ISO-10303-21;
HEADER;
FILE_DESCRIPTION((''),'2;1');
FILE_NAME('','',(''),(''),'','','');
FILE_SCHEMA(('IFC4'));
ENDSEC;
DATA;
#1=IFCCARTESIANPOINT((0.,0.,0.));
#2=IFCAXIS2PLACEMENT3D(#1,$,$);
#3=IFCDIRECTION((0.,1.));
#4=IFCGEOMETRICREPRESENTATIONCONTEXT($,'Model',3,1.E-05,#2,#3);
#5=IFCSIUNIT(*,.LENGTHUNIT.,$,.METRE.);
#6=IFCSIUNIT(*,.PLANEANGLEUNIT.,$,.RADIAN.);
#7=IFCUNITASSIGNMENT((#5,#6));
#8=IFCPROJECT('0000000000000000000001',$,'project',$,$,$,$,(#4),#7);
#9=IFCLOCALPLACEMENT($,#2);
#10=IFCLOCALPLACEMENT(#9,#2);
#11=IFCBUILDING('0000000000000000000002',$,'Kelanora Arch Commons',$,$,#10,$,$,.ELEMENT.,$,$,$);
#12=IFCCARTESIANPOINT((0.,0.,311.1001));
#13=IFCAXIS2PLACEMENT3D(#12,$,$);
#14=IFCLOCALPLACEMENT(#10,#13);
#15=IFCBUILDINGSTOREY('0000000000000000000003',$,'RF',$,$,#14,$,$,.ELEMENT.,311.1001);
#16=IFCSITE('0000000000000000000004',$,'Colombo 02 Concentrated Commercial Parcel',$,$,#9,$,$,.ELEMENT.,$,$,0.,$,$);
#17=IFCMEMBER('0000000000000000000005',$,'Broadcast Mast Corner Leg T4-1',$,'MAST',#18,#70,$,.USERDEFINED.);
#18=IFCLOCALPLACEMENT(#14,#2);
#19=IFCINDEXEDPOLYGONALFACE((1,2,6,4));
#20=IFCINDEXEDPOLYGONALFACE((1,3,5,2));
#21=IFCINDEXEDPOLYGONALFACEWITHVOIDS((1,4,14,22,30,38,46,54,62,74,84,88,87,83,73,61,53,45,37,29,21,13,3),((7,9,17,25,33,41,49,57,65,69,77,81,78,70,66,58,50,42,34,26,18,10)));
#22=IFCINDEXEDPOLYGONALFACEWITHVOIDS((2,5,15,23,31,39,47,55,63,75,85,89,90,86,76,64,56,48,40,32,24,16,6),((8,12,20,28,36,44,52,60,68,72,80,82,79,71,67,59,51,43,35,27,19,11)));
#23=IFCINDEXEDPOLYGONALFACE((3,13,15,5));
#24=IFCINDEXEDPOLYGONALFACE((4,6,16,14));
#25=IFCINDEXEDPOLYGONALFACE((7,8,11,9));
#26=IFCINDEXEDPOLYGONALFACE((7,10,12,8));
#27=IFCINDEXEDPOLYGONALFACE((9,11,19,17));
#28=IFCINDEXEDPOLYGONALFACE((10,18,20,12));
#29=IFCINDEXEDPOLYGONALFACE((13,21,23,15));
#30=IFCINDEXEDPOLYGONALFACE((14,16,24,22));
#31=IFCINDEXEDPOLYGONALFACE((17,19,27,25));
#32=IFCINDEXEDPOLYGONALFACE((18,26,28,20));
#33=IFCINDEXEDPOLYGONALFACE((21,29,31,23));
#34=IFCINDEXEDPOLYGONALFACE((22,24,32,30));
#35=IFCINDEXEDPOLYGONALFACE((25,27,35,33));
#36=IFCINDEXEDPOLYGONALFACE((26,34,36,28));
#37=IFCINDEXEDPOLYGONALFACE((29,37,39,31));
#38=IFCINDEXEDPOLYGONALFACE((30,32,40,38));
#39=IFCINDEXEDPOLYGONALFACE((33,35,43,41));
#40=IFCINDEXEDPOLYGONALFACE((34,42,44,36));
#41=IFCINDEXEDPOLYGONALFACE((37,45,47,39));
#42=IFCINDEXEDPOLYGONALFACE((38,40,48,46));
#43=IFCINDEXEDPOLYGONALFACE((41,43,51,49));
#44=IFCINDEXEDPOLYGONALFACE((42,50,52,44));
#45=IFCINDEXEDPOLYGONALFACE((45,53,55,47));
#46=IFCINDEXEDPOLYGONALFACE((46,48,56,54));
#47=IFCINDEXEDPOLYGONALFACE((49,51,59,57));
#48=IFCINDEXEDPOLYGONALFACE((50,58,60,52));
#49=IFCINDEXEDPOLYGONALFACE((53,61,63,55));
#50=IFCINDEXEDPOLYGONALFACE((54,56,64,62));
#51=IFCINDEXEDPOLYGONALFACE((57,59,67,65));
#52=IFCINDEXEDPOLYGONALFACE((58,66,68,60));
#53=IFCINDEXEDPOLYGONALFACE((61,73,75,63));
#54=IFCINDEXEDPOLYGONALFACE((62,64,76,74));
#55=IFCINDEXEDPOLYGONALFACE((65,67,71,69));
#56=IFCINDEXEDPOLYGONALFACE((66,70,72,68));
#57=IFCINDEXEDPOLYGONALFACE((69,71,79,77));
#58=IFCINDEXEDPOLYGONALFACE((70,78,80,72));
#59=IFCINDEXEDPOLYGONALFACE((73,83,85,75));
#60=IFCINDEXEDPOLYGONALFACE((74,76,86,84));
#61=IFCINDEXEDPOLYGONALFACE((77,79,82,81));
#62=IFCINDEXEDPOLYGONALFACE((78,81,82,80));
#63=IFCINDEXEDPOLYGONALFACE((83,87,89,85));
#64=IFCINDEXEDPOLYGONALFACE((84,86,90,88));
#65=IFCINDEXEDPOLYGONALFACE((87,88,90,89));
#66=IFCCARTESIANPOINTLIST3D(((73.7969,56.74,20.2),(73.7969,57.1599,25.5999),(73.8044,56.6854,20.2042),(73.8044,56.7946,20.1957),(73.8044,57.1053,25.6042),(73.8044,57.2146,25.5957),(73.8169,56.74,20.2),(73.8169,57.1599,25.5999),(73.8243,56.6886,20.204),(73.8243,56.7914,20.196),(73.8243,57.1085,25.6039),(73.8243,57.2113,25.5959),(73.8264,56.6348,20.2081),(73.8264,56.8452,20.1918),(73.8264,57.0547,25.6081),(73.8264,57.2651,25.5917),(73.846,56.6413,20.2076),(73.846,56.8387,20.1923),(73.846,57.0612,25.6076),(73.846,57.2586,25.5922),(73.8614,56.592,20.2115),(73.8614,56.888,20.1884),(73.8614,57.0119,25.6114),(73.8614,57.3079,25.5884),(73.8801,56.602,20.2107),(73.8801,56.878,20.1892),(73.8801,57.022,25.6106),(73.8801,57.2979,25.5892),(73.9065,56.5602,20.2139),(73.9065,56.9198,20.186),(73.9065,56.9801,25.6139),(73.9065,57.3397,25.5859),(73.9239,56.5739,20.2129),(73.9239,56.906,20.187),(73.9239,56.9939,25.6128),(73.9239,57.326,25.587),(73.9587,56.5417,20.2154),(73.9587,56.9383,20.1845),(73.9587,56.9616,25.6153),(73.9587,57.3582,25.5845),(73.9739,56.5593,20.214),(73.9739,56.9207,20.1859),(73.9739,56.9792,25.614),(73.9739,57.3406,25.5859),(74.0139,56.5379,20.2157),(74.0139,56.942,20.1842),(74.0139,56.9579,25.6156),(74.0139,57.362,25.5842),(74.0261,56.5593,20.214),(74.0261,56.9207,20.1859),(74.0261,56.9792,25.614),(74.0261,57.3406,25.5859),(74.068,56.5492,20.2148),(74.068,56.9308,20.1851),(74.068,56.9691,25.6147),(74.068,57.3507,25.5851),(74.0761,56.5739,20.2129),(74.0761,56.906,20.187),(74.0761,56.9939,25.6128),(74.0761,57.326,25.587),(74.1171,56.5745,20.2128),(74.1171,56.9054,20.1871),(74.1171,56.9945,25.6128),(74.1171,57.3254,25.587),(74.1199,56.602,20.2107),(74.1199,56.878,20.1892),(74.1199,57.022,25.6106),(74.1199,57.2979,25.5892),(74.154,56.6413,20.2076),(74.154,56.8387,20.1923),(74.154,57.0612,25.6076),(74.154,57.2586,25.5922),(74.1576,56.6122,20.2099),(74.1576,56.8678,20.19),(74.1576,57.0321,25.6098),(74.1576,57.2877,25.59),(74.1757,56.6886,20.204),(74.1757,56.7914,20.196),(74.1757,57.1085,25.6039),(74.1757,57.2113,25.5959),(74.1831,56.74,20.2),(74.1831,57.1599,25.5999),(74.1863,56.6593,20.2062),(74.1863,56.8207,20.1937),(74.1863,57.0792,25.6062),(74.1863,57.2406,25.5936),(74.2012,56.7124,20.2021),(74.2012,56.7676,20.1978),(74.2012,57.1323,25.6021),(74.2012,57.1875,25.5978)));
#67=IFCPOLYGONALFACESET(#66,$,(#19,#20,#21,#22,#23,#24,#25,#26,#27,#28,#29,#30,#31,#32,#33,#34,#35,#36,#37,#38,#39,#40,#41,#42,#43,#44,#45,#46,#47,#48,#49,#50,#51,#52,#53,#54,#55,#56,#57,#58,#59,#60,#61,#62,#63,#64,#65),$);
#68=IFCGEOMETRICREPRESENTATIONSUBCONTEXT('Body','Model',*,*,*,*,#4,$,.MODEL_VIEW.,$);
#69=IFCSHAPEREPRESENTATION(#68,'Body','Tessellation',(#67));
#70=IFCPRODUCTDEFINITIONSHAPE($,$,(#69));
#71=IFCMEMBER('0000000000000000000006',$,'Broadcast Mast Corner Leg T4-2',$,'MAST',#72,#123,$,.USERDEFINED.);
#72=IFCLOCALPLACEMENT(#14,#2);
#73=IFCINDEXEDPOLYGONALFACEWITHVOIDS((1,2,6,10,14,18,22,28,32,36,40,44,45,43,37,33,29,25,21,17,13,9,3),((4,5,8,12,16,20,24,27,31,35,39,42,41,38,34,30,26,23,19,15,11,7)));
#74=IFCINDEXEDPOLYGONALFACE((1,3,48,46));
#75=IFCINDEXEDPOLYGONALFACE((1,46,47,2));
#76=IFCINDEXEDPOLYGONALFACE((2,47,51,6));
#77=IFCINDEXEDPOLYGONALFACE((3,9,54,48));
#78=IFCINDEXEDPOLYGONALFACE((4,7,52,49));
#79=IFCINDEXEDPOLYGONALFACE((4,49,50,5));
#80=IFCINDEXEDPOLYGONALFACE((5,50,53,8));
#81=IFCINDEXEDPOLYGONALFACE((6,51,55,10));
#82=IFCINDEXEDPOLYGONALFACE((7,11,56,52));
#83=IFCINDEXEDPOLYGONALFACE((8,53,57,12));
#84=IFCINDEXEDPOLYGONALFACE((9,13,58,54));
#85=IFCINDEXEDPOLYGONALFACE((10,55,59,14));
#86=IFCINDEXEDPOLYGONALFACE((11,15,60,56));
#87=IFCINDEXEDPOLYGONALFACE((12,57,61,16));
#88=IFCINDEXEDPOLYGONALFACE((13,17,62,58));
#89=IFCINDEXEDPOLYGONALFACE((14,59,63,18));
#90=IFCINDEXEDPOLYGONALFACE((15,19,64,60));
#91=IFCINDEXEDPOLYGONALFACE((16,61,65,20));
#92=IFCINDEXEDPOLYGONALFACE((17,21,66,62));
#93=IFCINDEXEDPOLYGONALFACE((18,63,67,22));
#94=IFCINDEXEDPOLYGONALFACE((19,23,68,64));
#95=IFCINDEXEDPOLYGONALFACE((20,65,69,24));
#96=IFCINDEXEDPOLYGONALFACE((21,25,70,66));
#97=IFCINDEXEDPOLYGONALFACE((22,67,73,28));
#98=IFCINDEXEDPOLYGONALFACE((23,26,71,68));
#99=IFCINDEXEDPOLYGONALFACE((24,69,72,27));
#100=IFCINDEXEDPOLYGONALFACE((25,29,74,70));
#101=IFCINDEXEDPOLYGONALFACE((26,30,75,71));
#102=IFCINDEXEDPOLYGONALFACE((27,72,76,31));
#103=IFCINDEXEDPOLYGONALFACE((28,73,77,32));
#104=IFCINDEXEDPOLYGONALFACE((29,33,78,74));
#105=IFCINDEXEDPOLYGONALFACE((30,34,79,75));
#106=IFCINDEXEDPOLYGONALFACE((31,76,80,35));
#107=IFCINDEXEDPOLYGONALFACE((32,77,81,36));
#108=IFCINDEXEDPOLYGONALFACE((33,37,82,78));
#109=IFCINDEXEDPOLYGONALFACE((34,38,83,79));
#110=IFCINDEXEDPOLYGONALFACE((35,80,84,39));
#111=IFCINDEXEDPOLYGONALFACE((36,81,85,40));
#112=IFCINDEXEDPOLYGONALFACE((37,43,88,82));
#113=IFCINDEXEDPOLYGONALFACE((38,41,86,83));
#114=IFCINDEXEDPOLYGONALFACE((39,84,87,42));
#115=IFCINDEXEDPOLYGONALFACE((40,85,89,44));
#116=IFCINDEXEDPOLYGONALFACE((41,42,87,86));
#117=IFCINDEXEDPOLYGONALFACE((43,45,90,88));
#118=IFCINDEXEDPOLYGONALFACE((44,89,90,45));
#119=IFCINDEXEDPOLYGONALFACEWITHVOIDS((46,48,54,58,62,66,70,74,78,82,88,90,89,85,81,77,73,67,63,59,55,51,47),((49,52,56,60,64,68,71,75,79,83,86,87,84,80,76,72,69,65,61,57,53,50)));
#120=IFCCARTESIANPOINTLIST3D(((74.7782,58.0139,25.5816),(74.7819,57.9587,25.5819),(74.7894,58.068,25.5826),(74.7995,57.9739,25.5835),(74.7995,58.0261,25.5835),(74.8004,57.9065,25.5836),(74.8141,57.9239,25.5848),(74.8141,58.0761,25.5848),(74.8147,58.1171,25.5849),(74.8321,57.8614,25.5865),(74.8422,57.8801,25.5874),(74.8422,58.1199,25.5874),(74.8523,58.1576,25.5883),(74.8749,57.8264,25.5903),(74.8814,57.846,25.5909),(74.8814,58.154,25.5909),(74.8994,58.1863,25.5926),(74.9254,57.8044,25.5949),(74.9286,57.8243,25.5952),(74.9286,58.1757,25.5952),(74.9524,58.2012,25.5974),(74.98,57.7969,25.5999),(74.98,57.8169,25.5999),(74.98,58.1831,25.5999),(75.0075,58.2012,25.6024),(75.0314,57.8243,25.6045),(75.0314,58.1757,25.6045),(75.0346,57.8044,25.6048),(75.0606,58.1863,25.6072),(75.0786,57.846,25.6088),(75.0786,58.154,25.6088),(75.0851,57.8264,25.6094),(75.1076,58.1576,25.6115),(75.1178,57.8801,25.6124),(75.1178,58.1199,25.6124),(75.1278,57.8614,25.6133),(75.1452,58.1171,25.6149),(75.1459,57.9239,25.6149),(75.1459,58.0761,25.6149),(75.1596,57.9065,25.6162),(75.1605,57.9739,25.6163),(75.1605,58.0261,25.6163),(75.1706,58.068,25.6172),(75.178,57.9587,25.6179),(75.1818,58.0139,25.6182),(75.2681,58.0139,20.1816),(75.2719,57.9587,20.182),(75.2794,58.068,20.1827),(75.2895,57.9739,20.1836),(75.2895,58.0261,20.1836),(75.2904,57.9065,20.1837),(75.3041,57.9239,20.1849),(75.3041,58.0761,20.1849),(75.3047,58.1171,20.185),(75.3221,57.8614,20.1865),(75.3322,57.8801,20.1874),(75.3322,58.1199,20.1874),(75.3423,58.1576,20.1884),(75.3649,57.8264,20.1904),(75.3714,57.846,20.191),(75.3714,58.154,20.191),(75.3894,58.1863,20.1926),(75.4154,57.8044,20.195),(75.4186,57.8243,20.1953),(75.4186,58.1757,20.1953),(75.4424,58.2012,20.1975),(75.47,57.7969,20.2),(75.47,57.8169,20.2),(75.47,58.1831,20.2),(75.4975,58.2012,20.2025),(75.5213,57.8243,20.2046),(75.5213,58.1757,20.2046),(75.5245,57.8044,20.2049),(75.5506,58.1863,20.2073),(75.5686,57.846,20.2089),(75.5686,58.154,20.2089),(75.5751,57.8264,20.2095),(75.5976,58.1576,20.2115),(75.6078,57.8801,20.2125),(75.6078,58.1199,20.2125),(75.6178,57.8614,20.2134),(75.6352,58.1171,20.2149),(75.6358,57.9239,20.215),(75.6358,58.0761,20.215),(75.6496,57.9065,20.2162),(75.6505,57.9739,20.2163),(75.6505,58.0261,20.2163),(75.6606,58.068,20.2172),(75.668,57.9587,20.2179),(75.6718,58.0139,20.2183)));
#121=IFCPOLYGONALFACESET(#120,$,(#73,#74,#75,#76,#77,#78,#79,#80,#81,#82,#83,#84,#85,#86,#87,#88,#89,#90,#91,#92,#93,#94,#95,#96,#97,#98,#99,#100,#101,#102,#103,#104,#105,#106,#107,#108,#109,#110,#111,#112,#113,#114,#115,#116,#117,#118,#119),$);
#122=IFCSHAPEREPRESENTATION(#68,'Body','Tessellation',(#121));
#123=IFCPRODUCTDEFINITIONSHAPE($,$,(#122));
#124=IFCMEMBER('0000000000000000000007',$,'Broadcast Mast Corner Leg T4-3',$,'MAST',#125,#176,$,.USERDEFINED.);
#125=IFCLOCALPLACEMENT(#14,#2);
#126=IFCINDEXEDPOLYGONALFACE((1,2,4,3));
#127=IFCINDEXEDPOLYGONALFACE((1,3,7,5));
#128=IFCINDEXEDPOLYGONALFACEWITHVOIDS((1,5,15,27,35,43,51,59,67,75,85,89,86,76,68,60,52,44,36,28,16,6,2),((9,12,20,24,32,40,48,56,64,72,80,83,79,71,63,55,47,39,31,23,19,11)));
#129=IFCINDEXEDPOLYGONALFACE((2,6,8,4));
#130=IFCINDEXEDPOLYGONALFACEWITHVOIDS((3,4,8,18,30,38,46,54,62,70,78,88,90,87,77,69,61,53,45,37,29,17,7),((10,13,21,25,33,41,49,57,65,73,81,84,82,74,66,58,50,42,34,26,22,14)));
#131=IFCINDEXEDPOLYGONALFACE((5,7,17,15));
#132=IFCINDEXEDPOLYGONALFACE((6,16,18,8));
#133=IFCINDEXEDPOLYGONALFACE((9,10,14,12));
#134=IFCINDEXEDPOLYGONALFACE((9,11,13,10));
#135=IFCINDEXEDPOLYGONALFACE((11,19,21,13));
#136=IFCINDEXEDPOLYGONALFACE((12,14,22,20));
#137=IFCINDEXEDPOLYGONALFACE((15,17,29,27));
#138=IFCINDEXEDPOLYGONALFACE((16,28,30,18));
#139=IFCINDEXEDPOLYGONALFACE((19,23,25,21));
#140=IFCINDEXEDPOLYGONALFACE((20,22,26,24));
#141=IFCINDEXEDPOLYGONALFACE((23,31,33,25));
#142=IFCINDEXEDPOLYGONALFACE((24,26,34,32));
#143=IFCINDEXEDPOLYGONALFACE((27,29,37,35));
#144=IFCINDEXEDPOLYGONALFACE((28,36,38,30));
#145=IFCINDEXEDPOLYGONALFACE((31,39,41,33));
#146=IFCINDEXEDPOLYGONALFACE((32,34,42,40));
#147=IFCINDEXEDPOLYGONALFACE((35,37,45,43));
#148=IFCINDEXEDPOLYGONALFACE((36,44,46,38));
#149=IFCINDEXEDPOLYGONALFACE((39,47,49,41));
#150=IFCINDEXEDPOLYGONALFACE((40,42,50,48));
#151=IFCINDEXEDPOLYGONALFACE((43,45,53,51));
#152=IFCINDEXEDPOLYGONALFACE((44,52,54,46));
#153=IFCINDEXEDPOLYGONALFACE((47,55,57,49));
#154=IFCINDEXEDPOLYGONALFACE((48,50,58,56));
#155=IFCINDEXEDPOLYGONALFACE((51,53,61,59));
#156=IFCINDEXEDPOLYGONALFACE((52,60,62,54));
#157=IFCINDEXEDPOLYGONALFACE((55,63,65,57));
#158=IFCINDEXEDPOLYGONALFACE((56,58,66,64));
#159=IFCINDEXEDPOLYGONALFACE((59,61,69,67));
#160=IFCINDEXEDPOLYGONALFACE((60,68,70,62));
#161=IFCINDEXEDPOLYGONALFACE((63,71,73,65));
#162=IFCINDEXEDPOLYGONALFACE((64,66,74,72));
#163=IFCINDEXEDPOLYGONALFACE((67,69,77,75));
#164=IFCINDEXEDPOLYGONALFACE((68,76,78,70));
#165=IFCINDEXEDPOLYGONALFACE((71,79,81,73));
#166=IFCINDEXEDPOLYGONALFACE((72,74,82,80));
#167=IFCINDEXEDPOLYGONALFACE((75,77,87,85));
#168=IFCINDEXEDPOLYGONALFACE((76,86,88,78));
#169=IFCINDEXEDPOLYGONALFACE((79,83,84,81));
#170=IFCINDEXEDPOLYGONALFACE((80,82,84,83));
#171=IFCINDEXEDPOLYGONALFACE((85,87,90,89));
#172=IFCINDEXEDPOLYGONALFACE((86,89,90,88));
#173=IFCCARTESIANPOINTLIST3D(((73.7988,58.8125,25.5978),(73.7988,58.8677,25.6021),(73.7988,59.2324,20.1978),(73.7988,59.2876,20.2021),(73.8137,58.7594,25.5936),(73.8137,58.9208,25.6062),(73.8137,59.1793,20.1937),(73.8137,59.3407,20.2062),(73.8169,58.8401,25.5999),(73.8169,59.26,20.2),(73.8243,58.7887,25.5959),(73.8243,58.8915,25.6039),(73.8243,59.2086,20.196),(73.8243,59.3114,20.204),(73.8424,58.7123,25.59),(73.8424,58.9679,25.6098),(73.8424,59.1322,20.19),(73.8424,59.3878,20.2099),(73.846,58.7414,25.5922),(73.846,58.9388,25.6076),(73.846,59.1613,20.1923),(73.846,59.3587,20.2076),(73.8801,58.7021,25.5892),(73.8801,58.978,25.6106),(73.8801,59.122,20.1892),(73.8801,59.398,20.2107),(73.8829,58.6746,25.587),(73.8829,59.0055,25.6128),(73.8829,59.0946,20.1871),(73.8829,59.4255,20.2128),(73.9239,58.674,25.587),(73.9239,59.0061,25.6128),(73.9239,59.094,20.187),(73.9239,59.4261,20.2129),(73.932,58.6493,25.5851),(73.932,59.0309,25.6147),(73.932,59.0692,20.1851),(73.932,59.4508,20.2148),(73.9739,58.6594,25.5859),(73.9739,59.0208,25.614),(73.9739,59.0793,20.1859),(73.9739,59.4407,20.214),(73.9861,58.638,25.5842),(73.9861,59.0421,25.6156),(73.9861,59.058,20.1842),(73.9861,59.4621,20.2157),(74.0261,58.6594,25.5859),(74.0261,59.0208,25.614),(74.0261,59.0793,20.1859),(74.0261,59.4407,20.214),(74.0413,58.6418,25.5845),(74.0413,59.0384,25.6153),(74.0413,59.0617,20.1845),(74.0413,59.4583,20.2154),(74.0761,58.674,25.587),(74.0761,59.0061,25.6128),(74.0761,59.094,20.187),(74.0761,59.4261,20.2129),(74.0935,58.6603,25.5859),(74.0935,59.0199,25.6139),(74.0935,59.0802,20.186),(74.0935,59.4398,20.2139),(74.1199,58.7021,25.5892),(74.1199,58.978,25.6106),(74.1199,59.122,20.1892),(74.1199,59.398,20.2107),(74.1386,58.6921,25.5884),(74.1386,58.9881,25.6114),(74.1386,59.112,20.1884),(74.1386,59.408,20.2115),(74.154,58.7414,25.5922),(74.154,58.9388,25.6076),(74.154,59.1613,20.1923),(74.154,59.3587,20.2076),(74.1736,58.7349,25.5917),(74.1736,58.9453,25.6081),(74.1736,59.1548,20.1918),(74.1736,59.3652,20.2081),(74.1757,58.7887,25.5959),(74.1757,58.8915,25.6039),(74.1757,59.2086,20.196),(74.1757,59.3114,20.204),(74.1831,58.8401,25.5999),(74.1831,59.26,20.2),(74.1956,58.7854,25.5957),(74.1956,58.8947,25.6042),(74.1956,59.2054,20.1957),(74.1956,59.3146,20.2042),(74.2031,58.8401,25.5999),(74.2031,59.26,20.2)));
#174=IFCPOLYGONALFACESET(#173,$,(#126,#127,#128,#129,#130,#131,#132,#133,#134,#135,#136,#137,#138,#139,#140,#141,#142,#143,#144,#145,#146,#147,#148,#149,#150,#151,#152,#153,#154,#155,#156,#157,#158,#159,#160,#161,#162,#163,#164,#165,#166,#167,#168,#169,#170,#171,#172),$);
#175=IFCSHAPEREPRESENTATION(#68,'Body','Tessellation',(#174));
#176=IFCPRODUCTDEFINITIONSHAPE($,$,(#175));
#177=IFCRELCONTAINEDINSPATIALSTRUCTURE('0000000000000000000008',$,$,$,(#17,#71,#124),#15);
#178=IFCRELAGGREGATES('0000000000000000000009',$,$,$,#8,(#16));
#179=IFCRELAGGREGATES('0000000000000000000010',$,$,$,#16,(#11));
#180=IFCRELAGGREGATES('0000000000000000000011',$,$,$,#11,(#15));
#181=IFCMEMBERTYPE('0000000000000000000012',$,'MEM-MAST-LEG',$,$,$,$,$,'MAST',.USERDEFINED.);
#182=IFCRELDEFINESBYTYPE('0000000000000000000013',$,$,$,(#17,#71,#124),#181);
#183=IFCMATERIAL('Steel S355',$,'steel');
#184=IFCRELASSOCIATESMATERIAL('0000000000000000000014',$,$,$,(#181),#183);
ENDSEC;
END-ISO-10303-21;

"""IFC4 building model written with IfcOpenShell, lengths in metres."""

from ifc_helpers import new_model, si_unit, direction, frame, origin, origin_2d, place, context, subcontext, project, spatial, hollow_circle, extrude, material, material_profile, profile_set, type_object, element, save


model = new_model("IFC4")

# Units and contexts
model_context = context("Model", 3, precision=1e-05, world=origin(), true_north=direction((0.0, 1.0)))
body_context = subcontext(model_context, "Body", "Model", "MODEL_VIEW")
ifc_project = project(units=[si_unit("LENGTHUNIT", "METRE"), si_unit("PLANEANGLEUNIT", "RADIAN")], contexts=[model_context])

# Site, building, storey
site_placement = place(None, origin())
site = spatial("IfcSite", under=ifc_project, at=site_placement, Name="Colombo 02 Concentrated Commercial Parcel", CompositionType="ELEMENT", RefElevation=0.0)
building_placement = place(site_placement, origin())
building = spatial("IfcBuilding", under=site, at=building_placement, Name="Kelanora Arch Commons", CompositionType="ELEMENT")
storey_placement = place(building_placement, frame((0.0, 0.0, 311.1001)))
storey = spatial("IfcBuildingStorey", under=building, at=storey_placement, Name="RF", CompositionType="ELEMENT", Elevation=311.1001)

# Members
ifc_material = material(Name="Steel S355", Category="steel")
ifc_material_profile_1 = material_profile(ifc_material, hollow_circle(Radius=0.2031, WallThickness=0.02, at=origin_2d()), Name="CHS406.4x20")
ifc_profile_set_1 = profile_set([ifc_material_profile_1], Name="Steel S355")
member_type_1 = type_object("IfcMemberType", Name="MEM-MAST-LEG", ElementType="MAST", PredefinedType="USERDEFINED", material=ifc_profile_set_1)
member_1_placement = place(storey_placement, frame((74.0, 56.74, 20.2), z_axis=(0.0, 0.077531, 0.99699), x_axis=(-1.0, 0.0, 0.0)))
element("IfcMember", 1, at=member_1_placement, inside=storey, type_object=member_type_1, Name="Broadcast Mast Corner Leg T4-1", ObjectType="MAST", PredefinedType="USERDEFINED", context=body_context, shape_type="SweptSolid", body=[
    extrude(hollow_circle(Radius=0.2031, WallThickness=0.02, at=origin_2d()), origin(), (0.0, 0.0, 1.0), 5.4163),
])
member_2_placement = place(storey_placement, frame((75.47, 58.0, 20.2), z_axis=(-0.090369, 0.0, 0.995908), x_axis=(0.0, -1.0, 0.0)))
element("IfcMember", 2, at=member_2_placement, inside=storey, type_object=member_type_1, Name="Broadcast Mast Corner Leg T4-2", ObjectType="MAST", PredefinedType="USERDEFINED", context=body_context, shape_type="SweptSolid", body=[
    extrude(hollow_circle(Radius=0.2031, WallThickness=0.02, at=origin_2d()), origin(), (0.0, 0.0, 1.0), 5.4221),
])
member_3_placement = place(storey_placement, frame((74.0, 59.26, 20.2), z_axis=(0.0, -0.077531, 0.99699), x_axis=(1.0, 0.0, 0.0)))
element("IfcMember", 3, at=member_3_placement, inside=storey, type_object=member_type_1, Name="Broadcast Mast Corner Leg T4-3", ObjectType="MAST", PredefinedType="USERDEFINED", context=body_context, shape_type="SweptSolid", body=[
    extrude(hollow_circle(Radius=0.2031, WallThickness=0.02, at=origin_2d()), origin(), (0.0, 0.0, 1.0), 5.4163),
])

save(model, "model.ifc")
